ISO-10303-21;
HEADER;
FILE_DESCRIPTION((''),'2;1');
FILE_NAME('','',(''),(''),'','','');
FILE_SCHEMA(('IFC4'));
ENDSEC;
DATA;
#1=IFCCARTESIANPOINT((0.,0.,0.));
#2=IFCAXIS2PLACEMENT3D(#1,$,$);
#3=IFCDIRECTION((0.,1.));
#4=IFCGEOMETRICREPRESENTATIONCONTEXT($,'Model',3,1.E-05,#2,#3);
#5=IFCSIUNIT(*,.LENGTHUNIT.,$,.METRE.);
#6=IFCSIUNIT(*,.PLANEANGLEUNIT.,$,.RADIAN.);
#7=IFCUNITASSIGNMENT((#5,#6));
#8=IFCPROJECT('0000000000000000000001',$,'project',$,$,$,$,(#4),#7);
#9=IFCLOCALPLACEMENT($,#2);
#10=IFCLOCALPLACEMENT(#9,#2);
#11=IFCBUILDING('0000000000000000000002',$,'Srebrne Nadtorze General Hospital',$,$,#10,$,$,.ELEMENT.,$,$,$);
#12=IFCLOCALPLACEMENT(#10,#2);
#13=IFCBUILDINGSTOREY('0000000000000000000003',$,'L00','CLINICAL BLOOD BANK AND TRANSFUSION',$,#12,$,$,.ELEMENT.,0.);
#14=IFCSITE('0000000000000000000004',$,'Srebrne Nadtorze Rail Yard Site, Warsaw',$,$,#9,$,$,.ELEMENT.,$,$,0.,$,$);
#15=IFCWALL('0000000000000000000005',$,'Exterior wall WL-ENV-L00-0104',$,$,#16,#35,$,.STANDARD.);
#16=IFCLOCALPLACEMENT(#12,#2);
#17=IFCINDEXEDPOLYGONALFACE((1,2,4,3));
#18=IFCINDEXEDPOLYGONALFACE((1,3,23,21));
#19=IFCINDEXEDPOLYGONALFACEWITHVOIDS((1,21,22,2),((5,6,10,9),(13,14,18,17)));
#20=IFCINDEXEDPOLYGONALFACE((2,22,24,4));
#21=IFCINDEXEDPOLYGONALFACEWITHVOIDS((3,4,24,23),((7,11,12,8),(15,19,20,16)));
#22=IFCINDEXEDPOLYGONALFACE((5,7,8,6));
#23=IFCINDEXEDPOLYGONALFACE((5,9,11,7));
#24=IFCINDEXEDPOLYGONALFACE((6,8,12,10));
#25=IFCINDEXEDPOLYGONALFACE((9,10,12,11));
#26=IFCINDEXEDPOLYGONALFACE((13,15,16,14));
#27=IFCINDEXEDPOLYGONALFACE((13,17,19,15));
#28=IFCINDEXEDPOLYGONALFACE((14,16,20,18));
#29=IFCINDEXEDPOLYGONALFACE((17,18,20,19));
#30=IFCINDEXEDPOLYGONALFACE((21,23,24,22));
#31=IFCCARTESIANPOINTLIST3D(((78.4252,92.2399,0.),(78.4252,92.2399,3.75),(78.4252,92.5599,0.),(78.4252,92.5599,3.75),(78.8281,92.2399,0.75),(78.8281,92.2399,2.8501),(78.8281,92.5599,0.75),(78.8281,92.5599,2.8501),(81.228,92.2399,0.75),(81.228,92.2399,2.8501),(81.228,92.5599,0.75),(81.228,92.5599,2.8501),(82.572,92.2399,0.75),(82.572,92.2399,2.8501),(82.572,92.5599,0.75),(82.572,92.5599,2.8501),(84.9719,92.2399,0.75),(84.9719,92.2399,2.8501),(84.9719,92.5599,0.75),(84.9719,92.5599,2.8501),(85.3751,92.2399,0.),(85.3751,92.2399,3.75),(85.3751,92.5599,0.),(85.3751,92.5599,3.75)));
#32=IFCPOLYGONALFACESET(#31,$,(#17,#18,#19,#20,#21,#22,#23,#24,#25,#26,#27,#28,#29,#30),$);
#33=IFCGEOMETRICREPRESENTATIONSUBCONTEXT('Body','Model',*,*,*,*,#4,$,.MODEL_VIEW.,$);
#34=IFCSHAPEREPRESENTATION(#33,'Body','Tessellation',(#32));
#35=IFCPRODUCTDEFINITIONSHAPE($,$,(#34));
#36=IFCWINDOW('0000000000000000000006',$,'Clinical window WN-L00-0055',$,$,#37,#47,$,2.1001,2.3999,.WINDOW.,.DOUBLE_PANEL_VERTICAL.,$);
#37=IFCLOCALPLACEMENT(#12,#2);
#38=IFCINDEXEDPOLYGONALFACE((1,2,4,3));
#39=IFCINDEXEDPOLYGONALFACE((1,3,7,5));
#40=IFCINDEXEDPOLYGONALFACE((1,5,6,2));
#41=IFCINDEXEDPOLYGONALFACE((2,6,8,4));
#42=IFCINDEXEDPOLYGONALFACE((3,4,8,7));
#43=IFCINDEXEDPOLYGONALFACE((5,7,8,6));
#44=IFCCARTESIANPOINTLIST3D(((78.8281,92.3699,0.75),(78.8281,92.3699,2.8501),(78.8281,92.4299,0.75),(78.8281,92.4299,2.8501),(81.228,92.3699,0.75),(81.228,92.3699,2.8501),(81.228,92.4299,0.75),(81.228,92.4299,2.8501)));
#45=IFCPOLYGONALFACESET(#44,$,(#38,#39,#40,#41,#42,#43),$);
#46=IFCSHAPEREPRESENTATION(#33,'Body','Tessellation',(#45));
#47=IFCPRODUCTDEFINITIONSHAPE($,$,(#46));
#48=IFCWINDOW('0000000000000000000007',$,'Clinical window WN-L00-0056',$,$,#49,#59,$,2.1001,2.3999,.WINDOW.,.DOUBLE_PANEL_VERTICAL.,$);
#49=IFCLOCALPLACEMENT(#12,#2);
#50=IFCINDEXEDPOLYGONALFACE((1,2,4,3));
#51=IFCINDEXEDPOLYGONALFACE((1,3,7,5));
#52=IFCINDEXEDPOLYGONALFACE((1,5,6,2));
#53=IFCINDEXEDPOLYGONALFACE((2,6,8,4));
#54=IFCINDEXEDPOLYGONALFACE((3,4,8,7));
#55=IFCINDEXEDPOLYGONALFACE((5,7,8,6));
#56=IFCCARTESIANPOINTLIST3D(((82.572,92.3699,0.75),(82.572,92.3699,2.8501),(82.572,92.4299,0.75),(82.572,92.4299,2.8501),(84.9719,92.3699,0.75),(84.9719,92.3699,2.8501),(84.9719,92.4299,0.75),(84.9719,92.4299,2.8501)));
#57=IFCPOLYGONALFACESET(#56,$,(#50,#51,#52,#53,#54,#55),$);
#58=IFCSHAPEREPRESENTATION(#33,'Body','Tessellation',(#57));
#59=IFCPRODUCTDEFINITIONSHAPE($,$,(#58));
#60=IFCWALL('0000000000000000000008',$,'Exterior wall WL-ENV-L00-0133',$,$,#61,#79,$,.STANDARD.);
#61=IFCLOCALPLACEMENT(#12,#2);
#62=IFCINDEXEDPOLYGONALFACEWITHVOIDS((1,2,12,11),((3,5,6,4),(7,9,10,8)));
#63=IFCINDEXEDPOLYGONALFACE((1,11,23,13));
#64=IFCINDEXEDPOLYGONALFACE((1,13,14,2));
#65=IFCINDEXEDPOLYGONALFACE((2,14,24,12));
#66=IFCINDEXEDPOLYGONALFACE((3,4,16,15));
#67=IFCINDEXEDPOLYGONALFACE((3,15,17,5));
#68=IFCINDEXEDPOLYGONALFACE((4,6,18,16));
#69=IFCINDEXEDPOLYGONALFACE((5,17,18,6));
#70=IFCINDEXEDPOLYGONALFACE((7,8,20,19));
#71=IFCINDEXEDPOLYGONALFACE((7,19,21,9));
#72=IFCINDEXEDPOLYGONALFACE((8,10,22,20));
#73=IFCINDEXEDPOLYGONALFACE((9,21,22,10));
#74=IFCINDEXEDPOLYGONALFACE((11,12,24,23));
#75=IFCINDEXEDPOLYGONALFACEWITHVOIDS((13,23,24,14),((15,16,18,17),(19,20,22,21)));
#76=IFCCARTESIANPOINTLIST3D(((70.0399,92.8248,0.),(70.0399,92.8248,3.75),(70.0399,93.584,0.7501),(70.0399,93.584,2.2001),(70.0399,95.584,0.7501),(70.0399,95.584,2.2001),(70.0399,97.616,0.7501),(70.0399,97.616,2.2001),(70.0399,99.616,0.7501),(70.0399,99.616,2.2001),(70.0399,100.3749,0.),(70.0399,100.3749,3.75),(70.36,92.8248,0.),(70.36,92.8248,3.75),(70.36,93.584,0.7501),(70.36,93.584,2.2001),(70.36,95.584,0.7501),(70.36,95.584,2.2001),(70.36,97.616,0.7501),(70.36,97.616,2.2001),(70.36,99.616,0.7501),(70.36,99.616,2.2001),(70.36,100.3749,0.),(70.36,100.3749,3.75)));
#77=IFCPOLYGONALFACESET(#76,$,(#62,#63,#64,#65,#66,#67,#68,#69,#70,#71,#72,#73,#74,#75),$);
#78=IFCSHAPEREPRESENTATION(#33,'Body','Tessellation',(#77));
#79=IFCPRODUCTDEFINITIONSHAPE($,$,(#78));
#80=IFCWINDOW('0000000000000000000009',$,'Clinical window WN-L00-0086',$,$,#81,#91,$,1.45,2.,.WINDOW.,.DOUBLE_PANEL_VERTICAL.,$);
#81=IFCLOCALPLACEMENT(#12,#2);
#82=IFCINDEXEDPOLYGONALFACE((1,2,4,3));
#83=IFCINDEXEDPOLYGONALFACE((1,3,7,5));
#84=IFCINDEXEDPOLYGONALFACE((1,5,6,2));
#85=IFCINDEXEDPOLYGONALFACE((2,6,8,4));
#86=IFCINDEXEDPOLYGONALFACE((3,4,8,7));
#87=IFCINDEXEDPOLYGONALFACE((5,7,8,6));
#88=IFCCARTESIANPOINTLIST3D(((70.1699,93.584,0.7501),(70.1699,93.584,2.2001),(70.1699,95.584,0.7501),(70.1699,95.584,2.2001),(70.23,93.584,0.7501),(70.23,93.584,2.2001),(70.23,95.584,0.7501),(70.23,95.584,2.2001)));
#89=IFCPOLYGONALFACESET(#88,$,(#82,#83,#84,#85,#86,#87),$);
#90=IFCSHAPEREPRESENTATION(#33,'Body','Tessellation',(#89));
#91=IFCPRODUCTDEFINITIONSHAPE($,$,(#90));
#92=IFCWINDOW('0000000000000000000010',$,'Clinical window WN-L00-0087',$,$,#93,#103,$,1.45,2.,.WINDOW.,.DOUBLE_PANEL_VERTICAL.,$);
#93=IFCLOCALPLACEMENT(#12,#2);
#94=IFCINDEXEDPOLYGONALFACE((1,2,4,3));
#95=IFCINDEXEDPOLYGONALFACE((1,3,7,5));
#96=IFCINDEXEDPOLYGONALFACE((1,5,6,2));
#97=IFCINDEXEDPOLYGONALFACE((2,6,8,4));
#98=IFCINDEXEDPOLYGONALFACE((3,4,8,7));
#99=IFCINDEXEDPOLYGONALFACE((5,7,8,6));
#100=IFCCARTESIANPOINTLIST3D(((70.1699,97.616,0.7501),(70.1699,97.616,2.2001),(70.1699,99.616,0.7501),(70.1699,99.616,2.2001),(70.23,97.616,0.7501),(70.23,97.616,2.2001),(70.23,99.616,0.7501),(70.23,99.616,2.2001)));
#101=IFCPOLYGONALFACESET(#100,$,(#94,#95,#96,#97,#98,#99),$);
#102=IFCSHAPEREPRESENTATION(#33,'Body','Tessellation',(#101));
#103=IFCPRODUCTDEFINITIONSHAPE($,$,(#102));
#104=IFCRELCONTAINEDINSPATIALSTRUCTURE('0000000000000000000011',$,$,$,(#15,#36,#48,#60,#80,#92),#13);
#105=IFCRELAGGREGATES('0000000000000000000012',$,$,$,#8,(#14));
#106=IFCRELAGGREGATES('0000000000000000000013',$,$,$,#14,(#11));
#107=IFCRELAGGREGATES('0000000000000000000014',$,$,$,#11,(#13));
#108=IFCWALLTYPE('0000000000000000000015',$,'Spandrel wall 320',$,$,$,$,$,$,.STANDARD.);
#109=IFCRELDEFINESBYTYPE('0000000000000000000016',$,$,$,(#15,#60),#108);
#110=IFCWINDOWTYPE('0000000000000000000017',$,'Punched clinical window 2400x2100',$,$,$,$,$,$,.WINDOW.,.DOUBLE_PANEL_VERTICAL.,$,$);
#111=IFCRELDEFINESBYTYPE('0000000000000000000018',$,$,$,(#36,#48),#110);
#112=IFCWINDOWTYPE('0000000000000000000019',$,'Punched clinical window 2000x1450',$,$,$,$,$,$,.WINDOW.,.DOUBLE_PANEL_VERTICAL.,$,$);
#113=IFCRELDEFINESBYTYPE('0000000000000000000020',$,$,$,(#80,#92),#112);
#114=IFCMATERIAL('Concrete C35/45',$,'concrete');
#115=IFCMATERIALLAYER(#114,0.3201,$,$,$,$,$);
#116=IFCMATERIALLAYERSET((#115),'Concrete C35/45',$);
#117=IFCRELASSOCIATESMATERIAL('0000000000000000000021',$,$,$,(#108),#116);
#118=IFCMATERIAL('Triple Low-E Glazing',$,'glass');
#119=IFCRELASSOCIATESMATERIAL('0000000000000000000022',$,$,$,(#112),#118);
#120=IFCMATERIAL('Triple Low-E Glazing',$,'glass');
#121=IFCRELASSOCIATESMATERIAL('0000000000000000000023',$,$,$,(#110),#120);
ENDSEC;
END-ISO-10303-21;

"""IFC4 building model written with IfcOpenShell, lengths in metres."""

from ifc_helpers import new_model, si_unit, direction, frame, frame_2d, origin, place, context, subcontext, project, spatial, rectangle, extrude, material, layer, layer_set, type_object, element, fill, save


model = new_model("IFC4")

# Units and contexts
model_context = context("Model", 3, precision=1e-05, world=origin(), true_north=direction((0.0, 1.0)))
body_context = subcontext(model_context, "Body", "Model", "MODEL_VIEW")
ifc_project = project(units=[si_unit("LENGTHUNIT", "METRE"), si_unit("PLANEANGLEUNIT", "RADIAN")], contexts=[model_context])

# Site, building, storey
site_placement = place(None, origin())
site = spatial("IfcSite", under=ifc_project, at=site_placement, Name="Srebrne Nadtorze Rail Yard Site, Warsaw", CompositionType="ELEMENT", RefElevation=0.0)
building_placement = place(site_placement, origin())
building = spatial("IfcBuilding", under=site, at=building_placement, Name="Srebrne Nadtorze General Hospital", CompositionType="ELEMENT")
storey_placement = place(building_placement, origin())
storey = spatial("IfcBuildingStorey", under=building, at=storey_placement, Name="L00", Description="CLINICAL BLOOD BANK AND TRANSFUSION", CompositionType="ELEMENT", Elevation=0.0)

# Walls, openings, windows
ifc_material_1 = material(Name="Concrete C35/45", Category="concrete")
ifc_layer_1 = layer(ifc_material_1, 0.3201)
ifc_layer_set_1 = layer_set([ifc_layer_1], Name="Concrete C35/45")
wall_type_1 = type_object("IfcWallType", Name="Spandrel wall 320", PredefinedType="STANDARD", material=ifc_layer_set_1)
ifc_material_2 = material(Name="Triple Low-E Glazing", Category="glass")
window_type_1 = type_object("IfcWindowType", Name="Punched clinical window 2000x1450", PartitioningType="DOUBLE_PANEL_VERTICAL", PredefinedType="WINDOW", material=ifc_material_2)
wall_1_placement = place(storey_placement, frame((78.425, 92.3999, 0.0), z_axis=(0.0, 0.0, 1.0), x_axis=(1.0, 0.0, 0.0)))
wall_1 = element("IfcWall", 1, at=wall_1_placement, inside=storey, type_object=wall_type_1, Name="Exterior wall WL-ENV-L00-0104", PredefinedType="STANDARD", context=body_context, shape_type="SweptSolid", body=[
    extrude(rectangle(XDim=6.95, YDim=0.3201, at=frame_2d((3.4751, 0.0))), origin(), (0.0, 0.0, 1.0), 3.75),
])
opening_1_placement = place(wall_1_placement, frame((0.4031, 0.0, 0.75)))
opening_1 = element("IfcOpeningElement", 2, at=opening_1_placement, cuts=wall_1, PredefinedType="OPENING", context=body_context, shape_type="SweptSolid", body=[
    extrude(rectangle(XDim=2.3999, YDim=2.1001, at=frame_2d((1.2, 1.05))), frame((0.0, 0.1719, 0.0), z_axis=(0.0, -1.0, 0.0), x_axis=(1.0, 0.0, 0.0)), (0.0, 0.0, 1.0), 0.344),
])
opening_2_placement = place(wall_1_placement, frame((4.147, 0.0, 0.75)))
opening_2 = element("IfcOpeningElement", 3, at=opening_2_placement, cuts=wall_1, PredefinedType="OPENING", context=body_context, shape_type="SweptSolid", body=[
    extrude(rectangle(XDim=2.3999, YDim=2.1001, at=frame_2d((1.2, 1.05))), frame((0.0, 0.1719, 0.0), z_axis=(0.0, -1.0, 0.0), x_axis=(1.0, 0.0, 0.0)), (0.0, 0.0, 1.0), 0.344),
])
ifc_material_3 = material(Name="Triple Low-E Glazing", Category="glass")
window_type_2 = type_object("IfcWindowType", Name="Punched clinical window 2400x2100", PartitioningType="DOUBLE_PANEL_VERTICAL", PredefinedType="WINDOW", material=ifc_material_3)
window_1_placement = place(opening_1_placement, origin())
window_1 = element("IfcWindow", 4, at=window_1_placement, inside=storey, type_object=window_type_2, Name="Clinical window WN-L00-0055", OverallHeight=2.1001, OverallWidth=2.3999, PartitioningType="DOUBLE_PANEL_VERTICAL", PredefinedType="WINDOW", context=body_context, shape_type="SweptSolid", body=[
    extrude(rectangle(XDim=2.3999, YDim=2.1001, at=frame_2d((1.2, 1.05))), frame((0.0, 0.03, 0.0), z_axis=(0.0, -1.0, 0.0), x_axis=(1.0, 0.0, 0.0)), (0.0, 0.0, 1.0), 0.0601),
])
fill(opening_1, window_1)
window_2_placement = place(opening_2_placement, origin())
window_2 = element("IfcWindow", 5, at=window_2_placement, inside=storey, type_object=window_type_2, Name="Clinical window WN-L00-0056", OverallHeight=2.1001, OverallWidth=2.3999, PartitioningType="DOUBLE_PANEL_VERTICAL", PredefinedType="WINDOW", context=body_context, shape_type="SweptSolid", body=[
    extrude(rectangle(XDim=2.3999, YDim=2.1001, at=frame_2d((1.2, 1.05))), frame((0.0, 0.03, 0.0), z_axis=(0.0, -1.0, 0.0), x_axis=(1.0, 0.0, 0.0)), (0.0, 0.0, 1.0), 0.0601),
])
fill(opening_2, window_2)
wall_2_placement = place(storey_placement, frame((70.2, 92.825, 0.0), z_axis=(0.0, 0.0, 1.0), x_axis=(0.0, 1.0, 0.0)))
wall_2 = element("IfcWall", 6, at=wall_2_placement, inside=storey, type_object=wall_type_1, Name="Exterior wall WL-ENV-L00-0133", PredefinedType="STANDARD", context=body_context, shape_type="SweptSolid", body=[
    extrude(rectangle(XDim=7.55, YDim=0.3201, at=frame_2d((3.7749, 0.0))), origin(), (0.0, 0.0, 1.0), 3.75),
])
opening_3_placement = place(wall_2_placement, frame((0.759, 0.0, 0.75)))
opening_3 = element("IfcOpeningElement", 7, at=opening_3_placement, cuts=wall_2, PredefinedType="OPENING", context=body_context, shape_type="SweptSolid", body=[
    extrude(rectangle(XDim=2.0, YDim=1.45, at=frame_2d((1.0, 0.7251))), frame((0.0, 0.1719, 0.0), z_axis=(0.0, -1.0, 0.0), x_axis=(1.0, 0.0, 0.0)), (0.0, 0.0, 1.0), 0.344),
])
opening_4_placement = place(wall_2_placement, frame((4.791, 0.0, 0.75)))
opening_4 = element("IfcOpeningElement", 8, at=opening_4_placement, cuts=wall_2, PredefinedType="OPENING", context=body_context, shape_type="SweptSolid", body=[
    extrude(rectangle(XDim=2.0, YDim=1.45, at=frame_2d((1.0, 0.7251))), frame((0.0, 0.1719, 0.0), z_axis=(0.0, -1.0, 0.0), x_axis=(1.0, 0.0, 0.0)), (0.0, 0.0, 1.0), 0.344),
])
window_3_placement = place(opening_3_placement, origin())
window_3 = element("IfcWindow", 9, at=window_3_placement, inside=storey, type_object=window_type_1, Name="Clinical window WN-L00-0086", OverallHeight=1.45, OverallWidth=2.0, PartitioningType="DOUBLE_PANEL_VERTICAL", PredefinedType="WINDOW", context=body_context, shape_type="SweptSolid", body=[
    extrude(rectangle(XDim=2.0, YDim=1.45, at=frame_2d((1.0, 0.7251))), frame((0.0, 0.03, 0.0), z_axis=(0.0, -1.0, 0.0), x_axis=(1.0, 0.0, 0.0)), (0.0, 0.0, 1.0), 0.0601),
])
fill(opening_3, window_3)
window_4_placement = place(opening_4_placement, origin())
window_4 = element("IfcWindow", 10, at=window_4_placement, inside=storey, type_object=window_type_1, Name="Clinical window WN-L00-0087", OverallHeight=1.45, OverallWidth=2.0, PartitioningType="DOUBLE_PANEL_VERTICAL", PredefinedType="WINDOW", context=body_context, shape_type="SweptSolid", body=[
    extrude(rectangle(XDim=2.0, YDim=1.45, at=frame_2d((1.0, 0.7251))), frame((0.0, 0.03, 0.0), z_axis=(0.0, -1.0, 0.0), x_axis=(1.0, 0.0, 0.0)), (0.0, 0.0, 1.0), 0.0601),
])
fill(opening_4, window_4)

save(model, "model.ifc")
